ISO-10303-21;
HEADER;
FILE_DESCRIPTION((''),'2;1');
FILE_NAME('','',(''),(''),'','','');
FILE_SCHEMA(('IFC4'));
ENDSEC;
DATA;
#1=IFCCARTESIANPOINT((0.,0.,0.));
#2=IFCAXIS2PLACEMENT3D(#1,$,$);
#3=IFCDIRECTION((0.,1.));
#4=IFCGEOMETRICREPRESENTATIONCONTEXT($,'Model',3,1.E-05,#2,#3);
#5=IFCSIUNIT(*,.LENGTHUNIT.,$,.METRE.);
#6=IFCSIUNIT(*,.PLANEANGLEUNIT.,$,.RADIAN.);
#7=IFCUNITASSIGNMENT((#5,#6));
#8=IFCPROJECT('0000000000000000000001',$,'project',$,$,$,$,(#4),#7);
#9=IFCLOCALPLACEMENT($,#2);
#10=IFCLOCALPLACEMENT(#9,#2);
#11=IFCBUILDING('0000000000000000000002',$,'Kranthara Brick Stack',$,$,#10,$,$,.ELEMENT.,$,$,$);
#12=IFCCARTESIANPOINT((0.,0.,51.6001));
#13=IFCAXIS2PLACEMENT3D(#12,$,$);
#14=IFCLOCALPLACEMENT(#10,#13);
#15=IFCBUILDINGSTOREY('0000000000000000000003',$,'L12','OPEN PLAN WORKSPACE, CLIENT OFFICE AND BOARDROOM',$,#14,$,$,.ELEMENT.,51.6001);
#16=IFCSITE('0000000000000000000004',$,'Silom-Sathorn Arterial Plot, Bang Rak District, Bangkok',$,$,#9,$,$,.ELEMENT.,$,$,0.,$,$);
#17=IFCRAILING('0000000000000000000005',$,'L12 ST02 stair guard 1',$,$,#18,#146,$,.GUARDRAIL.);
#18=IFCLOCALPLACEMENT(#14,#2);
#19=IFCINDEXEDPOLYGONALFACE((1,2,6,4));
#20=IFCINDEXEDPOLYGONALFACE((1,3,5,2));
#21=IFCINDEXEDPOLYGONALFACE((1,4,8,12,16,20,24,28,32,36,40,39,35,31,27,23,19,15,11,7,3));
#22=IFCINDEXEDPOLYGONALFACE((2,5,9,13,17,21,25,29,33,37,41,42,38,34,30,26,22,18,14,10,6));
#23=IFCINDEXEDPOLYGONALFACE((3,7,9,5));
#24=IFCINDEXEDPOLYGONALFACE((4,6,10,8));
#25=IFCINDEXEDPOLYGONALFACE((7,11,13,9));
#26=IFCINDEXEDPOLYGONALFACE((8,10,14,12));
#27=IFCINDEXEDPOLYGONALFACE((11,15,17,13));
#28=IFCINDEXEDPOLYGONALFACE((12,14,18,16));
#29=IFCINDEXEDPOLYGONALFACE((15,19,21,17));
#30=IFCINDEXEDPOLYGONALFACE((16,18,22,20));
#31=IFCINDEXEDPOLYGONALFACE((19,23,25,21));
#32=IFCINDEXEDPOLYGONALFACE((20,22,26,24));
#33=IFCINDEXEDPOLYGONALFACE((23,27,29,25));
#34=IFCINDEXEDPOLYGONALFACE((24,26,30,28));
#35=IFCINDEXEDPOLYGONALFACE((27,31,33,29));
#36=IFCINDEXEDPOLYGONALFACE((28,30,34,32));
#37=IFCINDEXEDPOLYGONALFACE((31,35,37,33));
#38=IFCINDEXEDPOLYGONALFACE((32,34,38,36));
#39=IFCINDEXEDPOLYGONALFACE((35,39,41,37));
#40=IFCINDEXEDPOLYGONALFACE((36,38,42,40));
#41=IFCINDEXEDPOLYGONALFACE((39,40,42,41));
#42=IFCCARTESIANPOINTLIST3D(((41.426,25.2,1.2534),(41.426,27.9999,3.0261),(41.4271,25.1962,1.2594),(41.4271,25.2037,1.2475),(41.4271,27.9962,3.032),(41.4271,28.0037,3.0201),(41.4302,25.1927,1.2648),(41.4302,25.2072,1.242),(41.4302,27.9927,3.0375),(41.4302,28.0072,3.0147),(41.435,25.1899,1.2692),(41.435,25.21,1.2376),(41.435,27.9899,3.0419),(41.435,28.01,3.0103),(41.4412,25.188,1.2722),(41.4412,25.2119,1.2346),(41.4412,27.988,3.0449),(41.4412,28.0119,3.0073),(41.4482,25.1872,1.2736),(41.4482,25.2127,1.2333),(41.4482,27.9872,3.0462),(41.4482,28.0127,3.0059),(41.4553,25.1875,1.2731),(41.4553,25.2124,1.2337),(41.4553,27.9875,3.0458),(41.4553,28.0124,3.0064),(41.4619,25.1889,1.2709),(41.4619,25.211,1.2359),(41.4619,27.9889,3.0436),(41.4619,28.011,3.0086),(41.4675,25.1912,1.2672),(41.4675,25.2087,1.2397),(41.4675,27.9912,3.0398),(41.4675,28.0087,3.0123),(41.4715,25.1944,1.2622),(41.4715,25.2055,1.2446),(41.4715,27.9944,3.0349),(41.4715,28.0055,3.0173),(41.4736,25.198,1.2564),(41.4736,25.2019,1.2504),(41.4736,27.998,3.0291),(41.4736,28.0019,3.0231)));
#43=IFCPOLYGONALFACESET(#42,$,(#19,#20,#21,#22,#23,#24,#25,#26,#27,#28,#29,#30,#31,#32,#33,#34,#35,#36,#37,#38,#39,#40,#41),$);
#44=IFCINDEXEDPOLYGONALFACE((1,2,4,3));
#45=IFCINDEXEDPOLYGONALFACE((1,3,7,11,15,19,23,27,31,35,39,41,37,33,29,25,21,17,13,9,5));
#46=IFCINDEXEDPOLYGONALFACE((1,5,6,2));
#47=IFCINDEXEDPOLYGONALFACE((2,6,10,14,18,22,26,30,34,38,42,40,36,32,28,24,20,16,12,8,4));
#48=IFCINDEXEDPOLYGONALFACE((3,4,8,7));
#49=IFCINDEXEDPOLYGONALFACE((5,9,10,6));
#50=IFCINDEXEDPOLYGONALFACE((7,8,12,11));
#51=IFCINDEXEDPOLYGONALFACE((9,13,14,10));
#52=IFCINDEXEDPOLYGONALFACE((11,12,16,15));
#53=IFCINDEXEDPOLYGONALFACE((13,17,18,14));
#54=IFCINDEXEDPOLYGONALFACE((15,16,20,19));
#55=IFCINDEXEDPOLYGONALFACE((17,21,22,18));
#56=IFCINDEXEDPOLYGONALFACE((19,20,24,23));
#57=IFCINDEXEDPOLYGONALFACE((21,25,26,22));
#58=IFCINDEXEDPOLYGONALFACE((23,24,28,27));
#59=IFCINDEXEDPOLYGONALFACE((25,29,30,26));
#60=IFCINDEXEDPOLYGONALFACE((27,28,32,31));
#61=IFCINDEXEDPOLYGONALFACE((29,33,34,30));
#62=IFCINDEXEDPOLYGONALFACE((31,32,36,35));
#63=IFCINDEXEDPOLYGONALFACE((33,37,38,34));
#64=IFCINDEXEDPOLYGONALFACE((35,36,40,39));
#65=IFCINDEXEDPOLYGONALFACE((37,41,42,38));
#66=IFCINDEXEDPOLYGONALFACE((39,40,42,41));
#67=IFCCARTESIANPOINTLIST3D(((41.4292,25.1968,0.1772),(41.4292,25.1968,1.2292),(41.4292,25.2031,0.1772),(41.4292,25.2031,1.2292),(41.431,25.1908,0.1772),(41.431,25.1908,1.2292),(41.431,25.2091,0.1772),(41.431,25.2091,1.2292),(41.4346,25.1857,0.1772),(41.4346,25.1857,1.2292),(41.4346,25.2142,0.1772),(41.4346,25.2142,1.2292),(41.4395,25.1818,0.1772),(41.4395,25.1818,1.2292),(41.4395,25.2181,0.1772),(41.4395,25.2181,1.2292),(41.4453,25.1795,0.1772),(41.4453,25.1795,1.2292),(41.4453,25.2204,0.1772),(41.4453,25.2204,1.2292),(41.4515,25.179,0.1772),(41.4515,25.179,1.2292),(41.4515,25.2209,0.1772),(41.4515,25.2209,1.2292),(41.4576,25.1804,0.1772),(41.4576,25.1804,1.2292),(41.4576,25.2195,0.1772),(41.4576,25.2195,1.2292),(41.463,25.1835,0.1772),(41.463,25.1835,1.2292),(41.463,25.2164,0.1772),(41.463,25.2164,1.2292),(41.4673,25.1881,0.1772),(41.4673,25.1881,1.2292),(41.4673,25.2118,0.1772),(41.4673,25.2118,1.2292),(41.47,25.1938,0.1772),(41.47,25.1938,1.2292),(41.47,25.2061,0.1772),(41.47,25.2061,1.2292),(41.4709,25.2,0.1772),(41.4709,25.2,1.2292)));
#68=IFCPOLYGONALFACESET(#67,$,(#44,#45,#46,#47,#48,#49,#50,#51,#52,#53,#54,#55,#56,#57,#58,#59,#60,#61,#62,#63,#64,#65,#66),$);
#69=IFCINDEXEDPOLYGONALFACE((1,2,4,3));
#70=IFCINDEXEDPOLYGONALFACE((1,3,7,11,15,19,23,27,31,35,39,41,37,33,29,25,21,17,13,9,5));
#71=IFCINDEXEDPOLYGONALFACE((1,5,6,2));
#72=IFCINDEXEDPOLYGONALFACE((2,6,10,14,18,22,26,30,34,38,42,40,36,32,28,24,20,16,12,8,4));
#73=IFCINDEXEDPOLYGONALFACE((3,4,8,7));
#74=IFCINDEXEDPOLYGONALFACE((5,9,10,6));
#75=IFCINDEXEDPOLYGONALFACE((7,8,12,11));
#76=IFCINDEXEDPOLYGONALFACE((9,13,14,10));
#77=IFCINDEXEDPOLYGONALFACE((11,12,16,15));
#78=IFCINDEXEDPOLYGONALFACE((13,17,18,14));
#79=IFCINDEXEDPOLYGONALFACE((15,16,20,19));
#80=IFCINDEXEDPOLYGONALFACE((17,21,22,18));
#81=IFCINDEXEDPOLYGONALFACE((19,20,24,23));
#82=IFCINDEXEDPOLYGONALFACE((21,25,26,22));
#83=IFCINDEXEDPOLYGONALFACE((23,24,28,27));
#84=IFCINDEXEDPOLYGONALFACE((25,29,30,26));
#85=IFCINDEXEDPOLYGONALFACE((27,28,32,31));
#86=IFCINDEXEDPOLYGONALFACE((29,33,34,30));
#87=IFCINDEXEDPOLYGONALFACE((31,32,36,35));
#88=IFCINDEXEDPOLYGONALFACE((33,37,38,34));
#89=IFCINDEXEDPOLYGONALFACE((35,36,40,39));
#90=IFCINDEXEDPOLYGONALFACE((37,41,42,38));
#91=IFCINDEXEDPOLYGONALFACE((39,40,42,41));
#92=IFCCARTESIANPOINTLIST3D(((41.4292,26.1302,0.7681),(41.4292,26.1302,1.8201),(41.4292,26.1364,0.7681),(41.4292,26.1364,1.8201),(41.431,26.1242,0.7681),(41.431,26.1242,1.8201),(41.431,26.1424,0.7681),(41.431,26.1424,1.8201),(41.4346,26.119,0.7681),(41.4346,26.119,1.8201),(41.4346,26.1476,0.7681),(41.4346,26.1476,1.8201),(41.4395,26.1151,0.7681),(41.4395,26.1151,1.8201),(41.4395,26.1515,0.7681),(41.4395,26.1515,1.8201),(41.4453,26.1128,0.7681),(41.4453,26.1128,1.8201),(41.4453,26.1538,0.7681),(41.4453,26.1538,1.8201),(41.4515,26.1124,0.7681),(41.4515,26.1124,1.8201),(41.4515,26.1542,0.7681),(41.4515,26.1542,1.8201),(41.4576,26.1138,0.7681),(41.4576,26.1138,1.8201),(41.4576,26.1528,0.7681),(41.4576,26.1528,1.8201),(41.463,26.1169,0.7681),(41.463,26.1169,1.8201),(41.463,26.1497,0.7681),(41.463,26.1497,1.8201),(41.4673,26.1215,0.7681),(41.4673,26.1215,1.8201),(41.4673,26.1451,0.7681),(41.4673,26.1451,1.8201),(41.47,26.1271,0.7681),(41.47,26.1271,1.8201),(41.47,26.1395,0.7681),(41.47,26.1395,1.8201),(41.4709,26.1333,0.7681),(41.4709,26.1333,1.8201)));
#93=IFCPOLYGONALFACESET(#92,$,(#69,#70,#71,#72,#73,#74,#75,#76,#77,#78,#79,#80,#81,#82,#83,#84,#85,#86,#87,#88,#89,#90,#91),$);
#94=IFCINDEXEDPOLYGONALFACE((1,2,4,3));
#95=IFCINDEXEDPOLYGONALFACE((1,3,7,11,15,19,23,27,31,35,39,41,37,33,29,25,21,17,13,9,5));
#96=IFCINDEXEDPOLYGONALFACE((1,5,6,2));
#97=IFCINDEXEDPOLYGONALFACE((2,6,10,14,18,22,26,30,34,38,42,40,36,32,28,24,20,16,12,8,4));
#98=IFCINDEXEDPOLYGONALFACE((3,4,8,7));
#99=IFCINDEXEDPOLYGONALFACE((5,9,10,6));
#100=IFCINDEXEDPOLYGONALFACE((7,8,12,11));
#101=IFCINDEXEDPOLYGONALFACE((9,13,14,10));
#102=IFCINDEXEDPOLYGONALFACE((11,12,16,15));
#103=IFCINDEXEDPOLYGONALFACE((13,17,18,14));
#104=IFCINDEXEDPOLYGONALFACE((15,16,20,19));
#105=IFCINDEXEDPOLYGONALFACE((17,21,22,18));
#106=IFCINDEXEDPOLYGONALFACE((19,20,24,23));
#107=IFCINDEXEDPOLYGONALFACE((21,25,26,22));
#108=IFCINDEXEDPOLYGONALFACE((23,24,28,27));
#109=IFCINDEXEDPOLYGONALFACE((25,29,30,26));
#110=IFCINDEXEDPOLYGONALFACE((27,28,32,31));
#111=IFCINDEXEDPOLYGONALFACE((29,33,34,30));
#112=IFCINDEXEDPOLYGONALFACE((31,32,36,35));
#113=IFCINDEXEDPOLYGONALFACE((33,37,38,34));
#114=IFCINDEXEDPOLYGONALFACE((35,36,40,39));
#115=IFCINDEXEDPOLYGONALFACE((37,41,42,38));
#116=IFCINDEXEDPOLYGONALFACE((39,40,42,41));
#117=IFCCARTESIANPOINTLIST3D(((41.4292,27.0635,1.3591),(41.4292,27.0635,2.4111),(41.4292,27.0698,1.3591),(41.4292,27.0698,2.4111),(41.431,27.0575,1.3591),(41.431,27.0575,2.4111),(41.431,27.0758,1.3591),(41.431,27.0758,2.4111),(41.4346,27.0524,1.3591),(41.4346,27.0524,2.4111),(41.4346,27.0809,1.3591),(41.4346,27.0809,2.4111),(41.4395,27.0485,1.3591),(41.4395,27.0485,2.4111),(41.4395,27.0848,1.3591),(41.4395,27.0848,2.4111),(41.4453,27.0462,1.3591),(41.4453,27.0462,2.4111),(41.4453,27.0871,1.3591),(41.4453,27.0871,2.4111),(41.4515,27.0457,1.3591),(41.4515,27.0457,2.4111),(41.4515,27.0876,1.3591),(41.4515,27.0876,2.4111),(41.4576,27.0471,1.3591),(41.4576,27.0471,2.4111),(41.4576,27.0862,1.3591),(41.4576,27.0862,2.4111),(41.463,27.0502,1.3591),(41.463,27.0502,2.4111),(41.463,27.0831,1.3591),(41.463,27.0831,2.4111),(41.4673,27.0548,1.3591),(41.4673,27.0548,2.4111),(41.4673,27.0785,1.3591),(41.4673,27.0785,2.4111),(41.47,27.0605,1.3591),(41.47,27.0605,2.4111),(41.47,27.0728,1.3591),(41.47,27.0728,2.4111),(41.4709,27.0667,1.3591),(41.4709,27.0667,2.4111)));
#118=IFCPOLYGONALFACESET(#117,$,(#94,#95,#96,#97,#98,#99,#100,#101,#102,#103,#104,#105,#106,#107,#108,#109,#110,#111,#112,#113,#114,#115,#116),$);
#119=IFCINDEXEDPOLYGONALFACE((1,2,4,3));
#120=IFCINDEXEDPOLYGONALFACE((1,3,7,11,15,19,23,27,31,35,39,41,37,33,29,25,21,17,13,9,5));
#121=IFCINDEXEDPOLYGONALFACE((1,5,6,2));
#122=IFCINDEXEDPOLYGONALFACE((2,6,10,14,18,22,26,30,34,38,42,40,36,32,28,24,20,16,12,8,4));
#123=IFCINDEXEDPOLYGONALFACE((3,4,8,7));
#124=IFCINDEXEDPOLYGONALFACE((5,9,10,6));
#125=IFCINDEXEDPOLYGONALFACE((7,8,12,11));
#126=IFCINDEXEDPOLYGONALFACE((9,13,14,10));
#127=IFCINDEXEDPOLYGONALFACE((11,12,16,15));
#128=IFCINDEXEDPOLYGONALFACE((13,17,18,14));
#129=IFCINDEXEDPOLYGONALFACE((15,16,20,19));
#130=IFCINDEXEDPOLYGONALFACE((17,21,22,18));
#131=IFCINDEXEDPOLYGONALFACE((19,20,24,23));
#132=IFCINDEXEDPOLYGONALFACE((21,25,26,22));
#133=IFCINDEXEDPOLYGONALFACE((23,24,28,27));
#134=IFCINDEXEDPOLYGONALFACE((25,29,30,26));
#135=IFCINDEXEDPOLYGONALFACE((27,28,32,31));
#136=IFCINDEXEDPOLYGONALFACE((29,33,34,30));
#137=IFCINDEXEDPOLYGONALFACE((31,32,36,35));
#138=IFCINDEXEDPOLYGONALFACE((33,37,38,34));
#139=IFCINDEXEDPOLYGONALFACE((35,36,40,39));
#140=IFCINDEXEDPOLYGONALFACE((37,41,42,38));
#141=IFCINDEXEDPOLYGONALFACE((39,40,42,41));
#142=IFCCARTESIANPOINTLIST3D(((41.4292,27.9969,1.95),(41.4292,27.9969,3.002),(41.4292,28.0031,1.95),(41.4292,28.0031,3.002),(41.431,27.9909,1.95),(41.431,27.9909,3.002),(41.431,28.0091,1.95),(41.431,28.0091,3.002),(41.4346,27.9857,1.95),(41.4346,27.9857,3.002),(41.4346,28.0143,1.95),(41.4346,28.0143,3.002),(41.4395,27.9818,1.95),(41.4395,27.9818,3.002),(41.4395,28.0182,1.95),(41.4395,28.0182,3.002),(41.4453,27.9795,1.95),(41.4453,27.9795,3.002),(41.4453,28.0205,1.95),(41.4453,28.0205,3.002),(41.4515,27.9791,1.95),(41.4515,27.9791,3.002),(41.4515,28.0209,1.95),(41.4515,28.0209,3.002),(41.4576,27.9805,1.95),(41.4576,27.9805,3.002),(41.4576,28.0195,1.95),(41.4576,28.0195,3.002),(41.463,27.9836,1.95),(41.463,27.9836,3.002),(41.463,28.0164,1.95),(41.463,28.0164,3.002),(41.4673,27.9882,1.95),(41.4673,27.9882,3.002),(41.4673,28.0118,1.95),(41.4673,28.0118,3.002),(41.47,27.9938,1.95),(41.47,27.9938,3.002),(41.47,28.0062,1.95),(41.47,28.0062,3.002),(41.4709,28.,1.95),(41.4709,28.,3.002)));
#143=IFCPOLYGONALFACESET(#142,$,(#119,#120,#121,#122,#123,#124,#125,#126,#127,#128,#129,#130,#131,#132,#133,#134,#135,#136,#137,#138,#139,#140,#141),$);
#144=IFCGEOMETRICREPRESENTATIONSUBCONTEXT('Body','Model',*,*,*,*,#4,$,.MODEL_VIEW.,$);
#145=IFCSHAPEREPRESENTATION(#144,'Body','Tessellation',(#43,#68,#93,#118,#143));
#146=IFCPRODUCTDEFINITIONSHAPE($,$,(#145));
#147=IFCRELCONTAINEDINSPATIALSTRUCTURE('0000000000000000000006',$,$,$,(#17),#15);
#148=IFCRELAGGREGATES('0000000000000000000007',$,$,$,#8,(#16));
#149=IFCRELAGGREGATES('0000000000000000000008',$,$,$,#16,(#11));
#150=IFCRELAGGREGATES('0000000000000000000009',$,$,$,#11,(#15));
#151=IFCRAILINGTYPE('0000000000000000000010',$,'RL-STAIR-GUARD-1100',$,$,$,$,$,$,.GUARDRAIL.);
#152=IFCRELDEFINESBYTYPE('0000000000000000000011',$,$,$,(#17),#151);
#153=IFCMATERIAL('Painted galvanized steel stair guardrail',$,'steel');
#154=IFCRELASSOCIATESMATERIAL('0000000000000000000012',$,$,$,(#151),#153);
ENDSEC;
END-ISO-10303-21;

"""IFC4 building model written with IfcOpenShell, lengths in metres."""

from ifc_helpers import new_model, si_unit, direction, frame, origin, origin_2d, place, context, subcontext, project, spatial, circle, extrude, material, type_object, element, save


model = new_model("IFC4")

# Units and contexts
model_context = context("Model", 3, precision=1e-05, world=origin(), true_north=direction((0.0, 1.0)))
body_context = subcontext(model_context, "Body", "Model", "MODEL_VIEW")
ifc_project = project(units=[si_unit("LENGTHUNIT", "METRE"), si_unit("PLANEANGLEUNIT", "RADIAN")], contexts=[model_context])

# Site, building, storey
site_placement = place(None, origin())
site = spatial("IfcSite", under=ifc_project, at=site_placement, Name="Silom-Sathorn Arterial Plot, Bang Rak District, Bangkok", CompositionType="ELEMENT", RefElevation=0.0)
building_placement = place(site_placement, origin())
building = spatial("IfcBuilding", under=site, at=building_placement, Name="Kranthara Brick Stack", CompositionType="ELEMENT")
storey_placement = place(building_placement, frame((0.0, 0.0, 51.6001)))
storey = spatial("IfcBuildingStorey", under=building, at=storey_placement, Name="L12", Description="OPEN PLAN WORKSPACE, CLIENT OFFICE AND BOARDROOM", CompositionType="ELEMENT", Elevation=51.6001)

# Railing
ifc_material_1 = material(Name="Painted galvanized steel stair guardrail", Category="steel")
railing_type_1 = type_object("IfcRailingType", Name="RL-STAIR-GUARD-1100", PredefinedType="GUARDRAIL", material=ifc_material_1)
railing_1_placement = place(storey_placement, frame((41.45, 25.2, 0.1772)))
element("IfcRailing", 1, at=railing_1_placement, inside=storey, type_object=railing_type_1, Name="L12 ST02 stair guard 1", PredefinedType="GUARDRAIL", context=body_context, shape_type="SweptSolid", body=[
    extrude(circle(Radius=0.0239, at=origin_2d()), frame((0.0, 0.0, 1.0762), z_axis=(0.0, 0.844909, 0.53491), x_axis=(-1.0, 0.0, 0.0)), (0.0, 0.0, 1.0), 3.314),
    extrude(circle(Radius=0.021, at=origin_2d()), origin(), (0.0, 0.0, 1.0), 1.052),
    extrude(circle(Radius=0.021, at=origin_2d()), frame((0.0, 0.9333, 0.5908)), (0.0, 0.0, 1.0), 1.052),
    extrude(circle(Radius=0.021, at=origin_2d()), frame((0.0, 1.8667, 1.1819)), (0.0, 0.0, 1.0), 1.052),
    extrude(circle(Radius=0.021, at=origin_2d()), frame((0.0, 2.8, 1.7727)), (0.0, 0.0, 1.0), 1.052),
])

save(model, "model.ifc")
